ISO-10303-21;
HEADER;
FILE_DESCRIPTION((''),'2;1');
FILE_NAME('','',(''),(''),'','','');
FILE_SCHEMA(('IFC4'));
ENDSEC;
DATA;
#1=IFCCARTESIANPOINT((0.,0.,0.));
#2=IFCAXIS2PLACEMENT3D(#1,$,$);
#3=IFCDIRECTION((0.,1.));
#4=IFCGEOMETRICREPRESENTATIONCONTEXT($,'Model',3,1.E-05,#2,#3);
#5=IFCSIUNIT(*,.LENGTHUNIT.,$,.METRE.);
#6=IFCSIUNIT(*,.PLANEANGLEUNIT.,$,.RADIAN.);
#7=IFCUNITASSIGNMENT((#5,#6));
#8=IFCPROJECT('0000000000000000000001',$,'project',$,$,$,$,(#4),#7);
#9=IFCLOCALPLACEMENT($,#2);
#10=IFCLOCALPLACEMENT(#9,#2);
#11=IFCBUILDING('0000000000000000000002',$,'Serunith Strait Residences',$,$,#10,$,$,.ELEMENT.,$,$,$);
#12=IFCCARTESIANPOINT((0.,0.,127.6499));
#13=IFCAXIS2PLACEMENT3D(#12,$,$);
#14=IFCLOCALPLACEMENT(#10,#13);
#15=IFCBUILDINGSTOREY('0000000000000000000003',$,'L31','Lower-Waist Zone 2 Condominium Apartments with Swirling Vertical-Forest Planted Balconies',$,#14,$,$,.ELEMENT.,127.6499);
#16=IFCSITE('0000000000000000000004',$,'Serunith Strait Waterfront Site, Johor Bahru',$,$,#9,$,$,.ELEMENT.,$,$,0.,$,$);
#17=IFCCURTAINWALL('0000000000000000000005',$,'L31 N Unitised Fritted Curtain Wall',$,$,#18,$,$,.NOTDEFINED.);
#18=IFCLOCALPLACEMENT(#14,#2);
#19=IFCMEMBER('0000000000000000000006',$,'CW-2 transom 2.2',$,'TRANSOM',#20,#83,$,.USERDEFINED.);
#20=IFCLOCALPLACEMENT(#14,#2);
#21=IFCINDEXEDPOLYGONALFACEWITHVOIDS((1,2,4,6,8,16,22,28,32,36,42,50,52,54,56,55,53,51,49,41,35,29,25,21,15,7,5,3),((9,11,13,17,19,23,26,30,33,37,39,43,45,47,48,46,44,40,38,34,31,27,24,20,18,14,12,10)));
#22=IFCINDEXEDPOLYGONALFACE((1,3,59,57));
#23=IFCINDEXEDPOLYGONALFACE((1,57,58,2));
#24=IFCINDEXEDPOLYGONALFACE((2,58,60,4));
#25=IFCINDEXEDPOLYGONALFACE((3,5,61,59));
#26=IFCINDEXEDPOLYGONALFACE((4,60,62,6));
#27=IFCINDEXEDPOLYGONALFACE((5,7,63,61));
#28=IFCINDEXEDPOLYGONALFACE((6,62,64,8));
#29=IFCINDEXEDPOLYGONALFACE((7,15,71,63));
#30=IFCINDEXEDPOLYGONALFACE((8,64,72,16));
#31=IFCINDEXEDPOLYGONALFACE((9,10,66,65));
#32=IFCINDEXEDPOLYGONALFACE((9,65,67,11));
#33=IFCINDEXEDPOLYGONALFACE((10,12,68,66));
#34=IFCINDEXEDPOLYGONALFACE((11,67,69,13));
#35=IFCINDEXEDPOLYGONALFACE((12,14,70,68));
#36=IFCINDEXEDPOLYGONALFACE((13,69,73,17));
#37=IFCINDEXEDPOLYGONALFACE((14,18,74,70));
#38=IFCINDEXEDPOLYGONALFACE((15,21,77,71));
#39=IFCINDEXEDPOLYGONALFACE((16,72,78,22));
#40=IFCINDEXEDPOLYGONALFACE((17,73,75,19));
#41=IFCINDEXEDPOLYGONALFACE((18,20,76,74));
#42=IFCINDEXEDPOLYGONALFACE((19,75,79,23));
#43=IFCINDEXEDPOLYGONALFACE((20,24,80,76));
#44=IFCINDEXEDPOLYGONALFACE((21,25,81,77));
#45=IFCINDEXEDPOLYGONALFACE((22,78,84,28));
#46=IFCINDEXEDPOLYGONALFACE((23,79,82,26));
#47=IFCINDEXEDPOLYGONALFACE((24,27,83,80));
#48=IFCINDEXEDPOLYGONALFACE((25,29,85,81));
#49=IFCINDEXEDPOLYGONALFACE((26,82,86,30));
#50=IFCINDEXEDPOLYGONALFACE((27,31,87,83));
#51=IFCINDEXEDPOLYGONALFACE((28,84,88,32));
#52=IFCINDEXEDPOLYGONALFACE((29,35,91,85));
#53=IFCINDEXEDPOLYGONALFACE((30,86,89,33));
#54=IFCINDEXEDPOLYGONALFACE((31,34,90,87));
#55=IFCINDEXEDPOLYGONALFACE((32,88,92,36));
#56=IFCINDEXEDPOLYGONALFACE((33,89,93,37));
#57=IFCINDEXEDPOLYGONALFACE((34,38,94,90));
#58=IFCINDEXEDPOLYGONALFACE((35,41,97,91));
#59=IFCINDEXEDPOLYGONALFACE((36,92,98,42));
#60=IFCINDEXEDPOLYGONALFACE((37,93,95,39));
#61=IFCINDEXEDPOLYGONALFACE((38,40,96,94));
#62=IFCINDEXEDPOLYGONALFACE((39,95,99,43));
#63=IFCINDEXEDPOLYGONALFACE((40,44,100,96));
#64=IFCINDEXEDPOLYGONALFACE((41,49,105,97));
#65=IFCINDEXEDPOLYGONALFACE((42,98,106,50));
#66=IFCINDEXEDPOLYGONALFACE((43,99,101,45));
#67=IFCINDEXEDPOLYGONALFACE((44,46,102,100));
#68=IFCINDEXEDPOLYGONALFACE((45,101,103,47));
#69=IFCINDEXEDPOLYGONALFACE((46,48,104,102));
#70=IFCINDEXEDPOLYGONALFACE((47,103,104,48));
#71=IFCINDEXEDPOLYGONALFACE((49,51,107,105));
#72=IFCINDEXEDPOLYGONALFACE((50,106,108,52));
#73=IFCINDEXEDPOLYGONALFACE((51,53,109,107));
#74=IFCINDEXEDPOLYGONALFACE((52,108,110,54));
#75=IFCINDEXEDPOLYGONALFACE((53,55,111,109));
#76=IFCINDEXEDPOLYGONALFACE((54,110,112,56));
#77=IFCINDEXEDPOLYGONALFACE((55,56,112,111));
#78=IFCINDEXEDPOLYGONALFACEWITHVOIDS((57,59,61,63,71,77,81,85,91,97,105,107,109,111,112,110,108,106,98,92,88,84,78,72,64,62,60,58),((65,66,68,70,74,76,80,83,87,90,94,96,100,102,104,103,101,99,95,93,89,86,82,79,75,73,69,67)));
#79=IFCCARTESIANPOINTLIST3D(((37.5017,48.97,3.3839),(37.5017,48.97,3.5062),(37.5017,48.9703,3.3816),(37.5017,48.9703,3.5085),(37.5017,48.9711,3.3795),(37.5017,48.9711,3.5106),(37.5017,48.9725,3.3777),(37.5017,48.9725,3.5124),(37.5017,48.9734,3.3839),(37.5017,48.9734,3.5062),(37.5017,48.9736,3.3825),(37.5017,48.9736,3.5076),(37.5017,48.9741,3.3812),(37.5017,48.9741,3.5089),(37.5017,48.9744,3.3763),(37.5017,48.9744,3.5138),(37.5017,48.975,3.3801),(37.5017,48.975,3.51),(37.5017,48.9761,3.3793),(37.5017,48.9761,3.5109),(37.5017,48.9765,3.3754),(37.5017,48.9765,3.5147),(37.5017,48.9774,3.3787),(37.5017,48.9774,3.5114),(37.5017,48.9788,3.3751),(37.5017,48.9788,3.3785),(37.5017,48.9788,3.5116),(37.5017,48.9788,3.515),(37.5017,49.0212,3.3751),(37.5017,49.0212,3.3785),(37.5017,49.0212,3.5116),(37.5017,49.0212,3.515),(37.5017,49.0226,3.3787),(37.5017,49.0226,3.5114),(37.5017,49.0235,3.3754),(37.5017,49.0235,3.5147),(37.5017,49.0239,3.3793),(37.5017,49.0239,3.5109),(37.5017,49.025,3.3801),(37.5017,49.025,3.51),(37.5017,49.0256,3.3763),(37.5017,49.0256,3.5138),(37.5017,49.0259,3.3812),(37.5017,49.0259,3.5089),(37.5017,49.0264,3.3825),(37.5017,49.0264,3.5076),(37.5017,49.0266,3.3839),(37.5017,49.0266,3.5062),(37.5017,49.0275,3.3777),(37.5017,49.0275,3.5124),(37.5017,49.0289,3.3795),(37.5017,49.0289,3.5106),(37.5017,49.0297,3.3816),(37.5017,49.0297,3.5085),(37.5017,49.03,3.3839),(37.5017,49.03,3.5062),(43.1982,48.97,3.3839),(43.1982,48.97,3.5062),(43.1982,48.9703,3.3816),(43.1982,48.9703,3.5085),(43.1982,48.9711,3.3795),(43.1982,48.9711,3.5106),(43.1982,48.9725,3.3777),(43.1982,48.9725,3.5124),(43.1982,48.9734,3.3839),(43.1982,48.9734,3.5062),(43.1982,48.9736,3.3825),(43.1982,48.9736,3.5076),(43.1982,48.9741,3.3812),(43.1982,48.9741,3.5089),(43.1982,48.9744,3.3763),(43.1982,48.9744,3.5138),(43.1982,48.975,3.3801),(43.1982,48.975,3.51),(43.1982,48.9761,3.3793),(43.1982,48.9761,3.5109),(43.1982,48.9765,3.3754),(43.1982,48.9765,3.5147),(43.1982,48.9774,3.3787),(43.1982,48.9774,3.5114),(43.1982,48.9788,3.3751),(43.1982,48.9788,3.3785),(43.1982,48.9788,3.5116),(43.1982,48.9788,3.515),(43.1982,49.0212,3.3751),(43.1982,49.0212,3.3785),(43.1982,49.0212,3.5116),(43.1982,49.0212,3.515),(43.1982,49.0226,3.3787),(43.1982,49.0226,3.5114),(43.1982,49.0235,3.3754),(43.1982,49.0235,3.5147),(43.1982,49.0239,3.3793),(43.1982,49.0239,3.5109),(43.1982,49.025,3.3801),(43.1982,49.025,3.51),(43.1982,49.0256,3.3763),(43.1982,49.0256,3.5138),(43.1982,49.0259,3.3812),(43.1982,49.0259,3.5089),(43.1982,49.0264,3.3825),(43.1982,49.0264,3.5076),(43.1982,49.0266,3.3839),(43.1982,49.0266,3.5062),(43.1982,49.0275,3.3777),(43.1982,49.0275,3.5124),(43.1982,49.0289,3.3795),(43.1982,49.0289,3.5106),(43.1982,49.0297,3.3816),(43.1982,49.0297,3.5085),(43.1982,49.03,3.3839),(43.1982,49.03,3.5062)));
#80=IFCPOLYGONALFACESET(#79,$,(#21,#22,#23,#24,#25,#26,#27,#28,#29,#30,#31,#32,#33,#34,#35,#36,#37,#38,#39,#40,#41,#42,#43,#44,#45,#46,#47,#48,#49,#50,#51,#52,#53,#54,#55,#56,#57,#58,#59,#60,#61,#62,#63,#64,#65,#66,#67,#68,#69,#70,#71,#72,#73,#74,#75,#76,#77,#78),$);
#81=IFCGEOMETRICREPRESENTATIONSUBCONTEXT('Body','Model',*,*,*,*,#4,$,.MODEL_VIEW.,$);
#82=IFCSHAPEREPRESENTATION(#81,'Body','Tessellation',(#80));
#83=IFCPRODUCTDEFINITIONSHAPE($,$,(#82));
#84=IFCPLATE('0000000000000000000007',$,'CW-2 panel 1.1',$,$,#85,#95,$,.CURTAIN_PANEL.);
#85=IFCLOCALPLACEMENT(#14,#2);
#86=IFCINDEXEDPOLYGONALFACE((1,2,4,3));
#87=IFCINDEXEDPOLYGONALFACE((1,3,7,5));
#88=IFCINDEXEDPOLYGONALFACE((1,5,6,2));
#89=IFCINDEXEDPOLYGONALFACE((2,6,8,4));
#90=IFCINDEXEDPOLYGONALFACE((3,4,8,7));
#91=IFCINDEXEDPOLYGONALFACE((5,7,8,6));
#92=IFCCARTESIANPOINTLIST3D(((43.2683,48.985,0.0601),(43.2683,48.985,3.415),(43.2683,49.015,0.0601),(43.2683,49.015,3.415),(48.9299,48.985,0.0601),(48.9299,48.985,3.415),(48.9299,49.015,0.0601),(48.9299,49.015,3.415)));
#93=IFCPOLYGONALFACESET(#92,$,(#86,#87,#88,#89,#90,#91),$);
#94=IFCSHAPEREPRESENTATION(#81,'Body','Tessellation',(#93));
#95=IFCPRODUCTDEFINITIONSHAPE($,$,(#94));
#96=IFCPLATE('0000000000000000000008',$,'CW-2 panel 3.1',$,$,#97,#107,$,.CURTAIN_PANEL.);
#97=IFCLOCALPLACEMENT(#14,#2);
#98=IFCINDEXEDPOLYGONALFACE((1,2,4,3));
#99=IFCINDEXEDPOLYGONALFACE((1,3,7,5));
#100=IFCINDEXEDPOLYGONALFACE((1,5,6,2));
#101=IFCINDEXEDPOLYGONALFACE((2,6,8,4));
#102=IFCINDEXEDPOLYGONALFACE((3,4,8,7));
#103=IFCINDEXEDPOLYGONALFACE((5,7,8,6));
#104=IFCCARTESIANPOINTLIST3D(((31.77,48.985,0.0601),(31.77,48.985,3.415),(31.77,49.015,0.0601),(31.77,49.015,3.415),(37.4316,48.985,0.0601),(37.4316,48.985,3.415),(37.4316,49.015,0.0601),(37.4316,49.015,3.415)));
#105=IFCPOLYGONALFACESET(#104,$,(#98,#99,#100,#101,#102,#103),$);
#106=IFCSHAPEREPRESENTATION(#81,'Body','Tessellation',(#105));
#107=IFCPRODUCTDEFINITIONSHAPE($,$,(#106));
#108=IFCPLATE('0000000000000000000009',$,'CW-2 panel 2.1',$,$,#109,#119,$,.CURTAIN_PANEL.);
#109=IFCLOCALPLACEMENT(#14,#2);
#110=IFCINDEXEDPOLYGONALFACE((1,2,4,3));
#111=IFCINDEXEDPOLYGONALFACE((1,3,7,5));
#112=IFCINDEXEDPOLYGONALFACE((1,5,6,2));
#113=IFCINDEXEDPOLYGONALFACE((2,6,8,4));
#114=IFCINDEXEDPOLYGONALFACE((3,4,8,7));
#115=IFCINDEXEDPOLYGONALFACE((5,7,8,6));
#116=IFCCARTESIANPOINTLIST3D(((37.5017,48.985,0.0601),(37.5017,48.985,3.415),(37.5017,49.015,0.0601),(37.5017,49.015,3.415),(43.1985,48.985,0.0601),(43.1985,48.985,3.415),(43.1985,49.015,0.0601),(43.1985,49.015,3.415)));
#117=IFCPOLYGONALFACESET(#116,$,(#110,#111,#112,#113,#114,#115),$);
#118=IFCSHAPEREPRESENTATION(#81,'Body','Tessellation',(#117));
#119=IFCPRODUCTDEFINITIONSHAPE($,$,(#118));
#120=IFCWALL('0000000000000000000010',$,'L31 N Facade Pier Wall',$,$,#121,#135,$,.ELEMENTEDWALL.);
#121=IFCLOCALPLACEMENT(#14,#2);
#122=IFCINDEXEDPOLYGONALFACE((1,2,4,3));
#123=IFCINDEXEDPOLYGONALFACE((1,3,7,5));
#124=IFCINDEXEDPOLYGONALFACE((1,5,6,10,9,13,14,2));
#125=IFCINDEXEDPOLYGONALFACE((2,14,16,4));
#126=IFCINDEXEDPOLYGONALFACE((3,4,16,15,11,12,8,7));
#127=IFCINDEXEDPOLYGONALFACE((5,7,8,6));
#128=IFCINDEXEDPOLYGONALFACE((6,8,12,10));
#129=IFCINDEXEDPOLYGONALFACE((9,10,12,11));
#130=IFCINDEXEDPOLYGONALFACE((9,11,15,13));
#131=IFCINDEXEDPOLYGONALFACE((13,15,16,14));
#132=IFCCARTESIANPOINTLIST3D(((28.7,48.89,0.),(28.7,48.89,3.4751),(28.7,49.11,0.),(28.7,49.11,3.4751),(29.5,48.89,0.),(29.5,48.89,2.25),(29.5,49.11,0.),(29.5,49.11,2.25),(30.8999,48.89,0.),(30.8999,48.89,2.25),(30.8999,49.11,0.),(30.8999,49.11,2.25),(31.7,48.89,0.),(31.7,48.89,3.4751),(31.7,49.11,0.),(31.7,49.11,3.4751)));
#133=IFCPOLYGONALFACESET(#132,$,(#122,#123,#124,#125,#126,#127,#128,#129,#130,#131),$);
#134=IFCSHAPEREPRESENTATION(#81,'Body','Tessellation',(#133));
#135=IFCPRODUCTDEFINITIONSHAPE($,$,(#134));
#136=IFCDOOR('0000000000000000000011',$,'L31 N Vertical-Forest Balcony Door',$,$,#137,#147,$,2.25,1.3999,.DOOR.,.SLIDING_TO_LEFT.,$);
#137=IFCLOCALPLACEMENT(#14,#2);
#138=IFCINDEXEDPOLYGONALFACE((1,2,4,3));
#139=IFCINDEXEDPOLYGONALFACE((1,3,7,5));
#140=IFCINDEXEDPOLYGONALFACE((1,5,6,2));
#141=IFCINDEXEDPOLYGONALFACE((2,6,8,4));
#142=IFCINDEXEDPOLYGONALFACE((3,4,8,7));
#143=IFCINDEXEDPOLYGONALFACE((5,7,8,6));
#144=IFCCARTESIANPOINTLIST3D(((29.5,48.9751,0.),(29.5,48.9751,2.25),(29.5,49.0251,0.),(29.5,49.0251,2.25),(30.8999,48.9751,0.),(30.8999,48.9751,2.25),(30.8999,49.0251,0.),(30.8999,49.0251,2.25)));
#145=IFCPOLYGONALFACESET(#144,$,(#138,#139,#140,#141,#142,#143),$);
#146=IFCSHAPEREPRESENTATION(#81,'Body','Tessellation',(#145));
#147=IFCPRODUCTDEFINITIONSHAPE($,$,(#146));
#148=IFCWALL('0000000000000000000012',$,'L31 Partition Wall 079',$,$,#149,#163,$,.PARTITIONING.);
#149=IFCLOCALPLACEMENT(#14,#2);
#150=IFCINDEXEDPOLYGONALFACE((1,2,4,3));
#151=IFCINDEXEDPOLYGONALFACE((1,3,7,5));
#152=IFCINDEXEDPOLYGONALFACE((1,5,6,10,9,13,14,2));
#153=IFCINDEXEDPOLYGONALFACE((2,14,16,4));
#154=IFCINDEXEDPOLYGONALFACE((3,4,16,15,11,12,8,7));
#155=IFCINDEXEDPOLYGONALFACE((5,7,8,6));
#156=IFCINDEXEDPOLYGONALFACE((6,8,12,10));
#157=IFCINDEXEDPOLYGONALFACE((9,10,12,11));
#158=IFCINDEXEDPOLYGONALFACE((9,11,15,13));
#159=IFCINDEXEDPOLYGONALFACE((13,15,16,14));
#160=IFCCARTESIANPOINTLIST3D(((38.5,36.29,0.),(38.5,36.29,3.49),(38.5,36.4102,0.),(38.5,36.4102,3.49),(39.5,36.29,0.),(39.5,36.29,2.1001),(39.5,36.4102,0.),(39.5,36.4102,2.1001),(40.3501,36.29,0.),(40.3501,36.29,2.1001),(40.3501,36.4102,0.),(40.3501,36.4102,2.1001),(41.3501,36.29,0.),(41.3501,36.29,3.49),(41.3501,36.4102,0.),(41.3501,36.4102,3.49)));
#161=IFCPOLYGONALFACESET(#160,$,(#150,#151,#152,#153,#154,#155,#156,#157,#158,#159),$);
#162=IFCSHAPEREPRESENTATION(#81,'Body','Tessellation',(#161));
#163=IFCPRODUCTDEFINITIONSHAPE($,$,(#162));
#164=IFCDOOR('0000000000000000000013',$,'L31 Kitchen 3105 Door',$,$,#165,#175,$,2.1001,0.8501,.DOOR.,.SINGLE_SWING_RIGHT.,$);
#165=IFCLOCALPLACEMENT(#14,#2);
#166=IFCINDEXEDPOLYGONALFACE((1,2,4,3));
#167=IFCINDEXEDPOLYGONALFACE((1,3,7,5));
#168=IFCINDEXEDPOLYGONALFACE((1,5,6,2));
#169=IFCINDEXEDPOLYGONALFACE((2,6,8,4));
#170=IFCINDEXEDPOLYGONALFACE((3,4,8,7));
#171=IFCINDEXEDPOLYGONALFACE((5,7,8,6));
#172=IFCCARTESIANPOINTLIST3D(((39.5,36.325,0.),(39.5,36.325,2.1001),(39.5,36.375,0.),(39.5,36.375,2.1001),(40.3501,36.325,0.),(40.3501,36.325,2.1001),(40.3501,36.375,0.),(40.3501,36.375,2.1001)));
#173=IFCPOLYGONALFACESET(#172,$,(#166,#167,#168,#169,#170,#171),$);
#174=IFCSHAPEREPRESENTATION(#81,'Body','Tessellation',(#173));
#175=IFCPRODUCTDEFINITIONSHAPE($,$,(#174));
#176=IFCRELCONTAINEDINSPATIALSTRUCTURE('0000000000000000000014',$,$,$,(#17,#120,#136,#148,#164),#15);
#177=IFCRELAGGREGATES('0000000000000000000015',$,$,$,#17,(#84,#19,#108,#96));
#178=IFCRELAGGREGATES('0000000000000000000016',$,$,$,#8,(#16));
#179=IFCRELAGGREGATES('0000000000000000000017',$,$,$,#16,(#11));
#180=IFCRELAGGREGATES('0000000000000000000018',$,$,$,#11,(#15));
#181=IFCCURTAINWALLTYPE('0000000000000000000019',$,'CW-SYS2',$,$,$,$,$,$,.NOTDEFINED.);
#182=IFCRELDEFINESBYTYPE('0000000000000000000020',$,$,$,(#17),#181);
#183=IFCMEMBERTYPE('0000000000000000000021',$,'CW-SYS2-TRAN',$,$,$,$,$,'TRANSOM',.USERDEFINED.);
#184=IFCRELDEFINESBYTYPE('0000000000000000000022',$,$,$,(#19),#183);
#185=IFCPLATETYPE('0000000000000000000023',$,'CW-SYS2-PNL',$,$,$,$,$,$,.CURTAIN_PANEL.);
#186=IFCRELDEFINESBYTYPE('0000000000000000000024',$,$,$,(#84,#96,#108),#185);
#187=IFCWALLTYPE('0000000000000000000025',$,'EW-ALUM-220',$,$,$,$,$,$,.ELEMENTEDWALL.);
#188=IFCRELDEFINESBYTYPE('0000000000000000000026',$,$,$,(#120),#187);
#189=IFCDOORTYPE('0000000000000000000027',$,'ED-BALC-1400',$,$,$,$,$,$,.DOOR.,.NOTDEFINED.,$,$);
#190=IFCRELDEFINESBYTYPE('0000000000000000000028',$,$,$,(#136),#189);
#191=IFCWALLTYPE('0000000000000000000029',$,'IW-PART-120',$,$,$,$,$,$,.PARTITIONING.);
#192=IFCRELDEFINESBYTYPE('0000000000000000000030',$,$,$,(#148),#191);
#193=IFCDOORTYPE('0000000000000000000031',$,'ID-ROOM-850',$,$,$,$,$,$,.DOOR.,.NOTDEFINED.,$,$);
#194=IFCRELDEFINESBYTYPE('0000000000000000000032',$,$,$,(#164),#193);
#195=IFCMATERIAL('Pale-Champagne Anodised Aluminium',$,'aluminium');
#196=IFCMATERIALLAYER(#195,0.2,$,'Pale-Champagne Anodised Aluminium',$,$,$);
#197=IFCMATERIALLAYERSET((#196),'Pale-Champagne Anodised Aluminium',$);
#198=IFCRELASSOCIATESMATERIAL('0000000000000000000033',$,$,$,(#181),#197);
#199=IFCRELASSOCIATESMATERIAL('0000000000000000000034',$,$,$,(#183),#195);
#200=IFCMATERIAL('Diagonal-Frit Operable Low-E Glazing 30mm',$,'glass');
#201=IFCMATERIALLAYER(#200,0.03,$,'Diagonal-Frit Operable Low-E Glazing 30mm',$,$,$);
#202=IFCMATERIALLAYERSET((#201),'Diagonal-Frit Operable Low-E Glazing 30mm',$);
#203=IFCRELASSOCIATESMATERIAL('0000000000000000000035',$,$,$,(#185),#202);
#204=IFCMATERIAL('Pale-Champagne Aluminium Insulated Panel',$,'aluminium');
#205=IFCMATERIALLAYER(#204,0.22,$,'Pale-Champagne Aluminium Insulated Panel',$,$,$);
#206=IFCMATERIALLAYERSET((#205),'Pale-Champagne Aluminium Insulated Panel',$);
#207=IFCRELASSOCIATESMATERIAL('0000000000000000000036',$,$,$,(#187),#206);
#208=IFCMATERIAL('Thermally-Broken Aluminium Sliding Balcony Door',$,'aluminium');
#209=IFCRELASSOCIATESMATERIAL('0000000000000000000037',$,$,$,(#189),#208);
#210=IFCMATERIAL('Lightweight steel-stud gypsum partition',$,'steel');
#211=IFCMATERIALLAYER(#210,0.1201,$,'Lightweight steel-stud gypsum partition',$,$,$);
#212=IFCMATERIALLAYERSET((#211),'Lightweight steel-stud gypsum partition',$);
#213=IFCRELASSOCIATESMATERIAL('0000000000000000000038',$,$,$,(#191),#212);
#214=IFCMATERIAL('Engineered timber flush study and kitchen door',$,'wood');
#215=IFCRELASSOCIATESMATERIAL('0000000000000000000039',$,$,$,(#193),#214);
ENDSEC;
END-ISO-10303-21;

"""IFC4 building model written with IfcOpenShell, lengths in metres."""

from ifc_helpers import new_model, si_unit, direction, frame, frame_2d, origin, origin_2d, place, context, subcontext, project, spatial, rectangle, hollow_rectangle, extrude, source, transform, mapped, material, layer, layer_set, material_profile, profile_set, type_object, element, fill, aggregate, save


model = new_model("IFC4")

# Units and contexts
model_context = context("Model", 3, precision=1e-05, world=origin(), true_north=direction((0.0, 1.0)))
body_context = subcontext(model_context, "Body", "Model", "MODEL_VIEW")
ifc_project = project(units=[si_unit("LENGTHUNIT", "METRE"), si_unit("PLANEANGLEUNIT", "RADIAN")], contexts=[model_context])

# Site, building, storey
site_placement = place(None, origin())
site = spatial("IfcSite", under=ifc_project, at=site_placement, Name="Serunith Strait Waterfront Site, Johor Bahru", CompositionType="ELEMENT", RefElevation=0.0)
building_placement = place(site_placement, origin())
building = spatial("IfcBuilding", under=site, at=building_placement, Name="Serunith Strait Residences", CompositionType="ELEMENT")
storey_placement = place(building_placement, frame((0.0, 0.0, 127.6499)))
storey = spatial("IfcBuildingStorey", under=building, at=storey_placement, Name="L31", Description="Lower-Waist Zone 2 Condominium Apartments with Swirling Vertical-Forest Planted Balconies", CompositionType="ELEMENT", Elevation=127.6499)

# Curtain wall, member, plates
ifc_material_1 = material(Name="Pale-Champagne Anodised Aluminium", Category="aluminium")
ifc_layer_1 = layer(ifc_material_1, 0.2, Name="Pale-Champagne Anodised Aluminium")
ifc_layer_set_1 = layer_set([ifc_layer_1], Name="Pale-Champagne Anodised Aluminium")
curtain_wall_type = type_object("IfcCurtainWallType", Name="CW-SYS2", PredefinedType="NOTDEFINED", material=ifc_layer_set_1)
curtain_wall_placement = place(storey_placement, origin())
curtain_wall = element("IfcCurtainWall", 1, at=curtain_wall_placement, inside=storey, type_object=curtain_wall_type, Name="L31 N Unitised Fritted Curtain Wall", PredefinedType="NOTDEFINED")
ifc_material_profile_1 = material_profile(ifc_material_1, hollow_rectangle(XDim=0.0601, YDim=0.1399, WallThickness=0.0034, InnerFilletRadius=0.0054, OuterFilletRadius=0.0088, at=origin_2d()), Name="ALU 140x60x3.5")
ifc_profile_set_1 = profile_set([ifc_material_profile_1], Name="Pale-Champagne Anodised Aluminium")
member_type_1 = type_object("IfcMemberType", Name="CW-SYS2-TRAN", ElementType="TRANSOM", PredefinedType="USERDEFINED", material=ifc_profile_set_1)
shared_shape_1 = source(origin(), body_context, "Body", "SweptSolid", [
    extrude(hollow_rectangle(XDim=0.0601, YDim=0.1399, WallThickness=0.0034, InnerFilletRadius=0.0054, OuterFilletRadius=0.0088, at=origin_2d()), origin(), (0.0, 0.0, 1.0), 5.6965),
])
member_1_placement = place(storey_placement, frame((43.1982, 49.0, 3.4451), z_axis=(-1.0, 0.0, 0.0), x_axis=(0.0, -1.0, 0.0)))
member_1 = element("IfcMember", 2, at=member_1_placement, type_object=member_type_1, Name="CW-2 transom 2.2", ObjectType="TRANSOM", PredefinedType="USERDEFINED", context=body_context, shape_type="MappedRepresentation", body=[
    mapped(shared_shape_1, transform((0.0, 0.0, 0.0), scale=1.0)),
])
ifc_material_2 = material(Name="Diagonal-Frit Operable Low-E Glazing 30mm", Category="glass")
ifc_layer_2 = layer(ifc_material_2, 0.03, Name="Diagonal-Frit Operable Low-E Glazing 30mm")
ifc_layer_set_2 = layer_set([ifc_layer_2], Name="Diagonal-Frit Operable Low-E Glazing 30mm")
plate_type = type_object("IfcPlateType", Name="CW-SYS2-PNL", PredefinedType="CURTAIN_PANEL", material=ifc_layer_set_2)
shared_shape_2 = source(origin(), body_context, "Body", "SweptSolid", [
    extrude(rectangle(XDim=5.6616, YDim=0.03, at=origin_2d()), origin(), (0.0, 0.0, 1.0), 3.355),
])
plate_1_placement = place(storey_placement, frame((46.0991, 49.0, 0.0601), z_axis=(0.0, 0.0, 1.0), x_axis=(-1.0, 0.0, 0.0)))
plate_1 = element("IfcPlate", 3, at=plate_1_placement, type_object=plate_type, Name="CW-2 panel 1.1", PredefinedType="CURTAIN_PANEL", context=body_context, shape_type="MappedRepresentation", body=[
    mapped(shared_shape_2, transform((0.0, 0.0, 0.0), scale=1.0)),
])
plate_2_placement = place(storey_placement, frame((34.6008, 49.0, 0.0601), z_axis=(0.0, 0.0, 1.0), x_axis=(-1.0, 0.0, 0.0)))
plate_2 = element("IfcPlate", 4, at=plate_2_placement, type_object=plate_type, Name="CW-2 panel 3.1", PredefinedType="CURTAIN_PANEL", context=body_context, shape_type="MappedRepresentation", body=[
    mapped(shared_shape_2, transform((0.0, 0.0, 0.0), scale=1.0)),
])
shared_shape_3 = source(origin(), body_context, "Body", "SweptSolid", [
    extrude(rectangle(XDim=5.6968, YDim=0.03, at=origin_2d()), origin(), (0.0, 0.0, 1.0), 3.355),
])
plate_3_placement = place(storey_placement, frame((40.3501, 49.0, 0.0601), z_axis=(0.0, 0.0, 1.0), x_axis=(-1.0, 0.0, 0.0)))
plate_3 = element("IfcPlate", 5, at=plate_3_placement, type_object=plate_type, Name="CW-2 panel 2.1", PredefinedType="CURTAIN_PANEL", context=body_context, shape_type="MappedRepresentation", body=[
    mapped(shared_shape_3, transform((0.0, 0.0, 0.0), scale=1.0)),
])
aggregate(curtain_wall, [plate_1, member_1, plate_3, plate_2])

# Walls, openings, doors
ifc_material_3 = material(Name="Pale-Champagne Aluminium Insulated Panel", Category="aluminium")
ifc_layer_3 = layer(ifc_material_3, 0.22, Name="Pale-Champagne Aluminium Insulated Panel")
ifc_layer_set_3 = layer_set([ifc_layer_3], Name="Pale-Champagne Aluminium Insulated Panel")
wall_type_1 = type_object("IfcWallType", Name="EW-ALUM-220", PredefinedType="ELEMENTEDWALL", material=ifc_layer_set_3)
wall_1_placement = place(storey_placement, frame((31.7, 49.0, 0.0), z_axis=(0.0, 0.0, 1.0), x_axis=(-1.0, 0.0, 0.0)))
wall_1 = element("IfcWall", 6, at=wall_1_placement, inside=storey, type_object=wall_type_1, Name="L31 N Facade Pier Wall", PredefinedType="ELEMENTEDWALL", context=body_context, shape_type="SweptSolid", body=[
    extrude(rectangle(XDim=3.0, YDim=0.22, at=frame_2d((1.5, 0.0))), origin(), (0.0, 0.0, 1.0), 3.4751),
])
opening_1_placement = place(wall_1_placement, frame((0.8, 0.0, 0.0)))
opening_1 = element("IfcOpeningElement", 7, at=opening_1_placement, cuts=wall_1, PredefinedType="OPENING", context=body_context, shape_type="SweptSolid", body=[
    extrude(rectangle(XDim=1.3999, YDim=2.25, at=frame_2d((0.7, 1.125))), frame((0.0, 0.1201, 0.0), z_axis=(0.0, -1.0, 0.0), x_axis=(1.0, 0.0, 0.0)), (0.0, 0.0, 1.0), 0.24),
])
ifc_material_4 = material(Name="Thermally-Broken Aluminium Sliding Balcony Door", Category="aluminium")
door_type_1 = type_object("IfcDoorType", Name="ED-BALC-1400", OperationType="NOTDEFINED", PredefinedType="DOOR", material=ifc_material_4)
shared_shape_4 = source(origin(), body_context, "Body", "SweptSolid", [
    extrude(rectangle(XDim=1.3999, YDim=2.25, at=frame_2d((0.7, 1.125))), frame((0.0, 0.0249, 0.0), z_axis=(0.0, -1.0, 0.0), x_axis=(1.0, 0.0, 0.0)), (0.0, 0.0, 1.0), 0.05),
])
door_1_placement = place(opening_1_placement, origin())
door_1 = element("IfcDoor", 8, at=door_1_placement, inside=storey, type_object=door_type_1, Name="L31 N Vertical-Forest Balcony Door", OperationType="SLIDING_TO_LEFT", OverallHeight=2.25, OverallWidth=1.3999, PredefinedType="DOOR", context=body_context, shape_type="MappedRepresentation", body=[
    mapped(shared_shape_4, transform((0.0, 0.0, 0.0), scale=1.0)),
])
fill(opening_1, door_1)
ifc_material_5 = material(Name="Lightweight steel-stud gypsum partition", Category="steel")
ifc_layer_4 = layer(ifc_material_5, 0.1201, Name="Lightweight steel-stud gypsum partition")
ifc_layer_set_4 = layer_set([ifc_layer_4], Name="Lightweight steel-stud gypsum partition")
wall_type_2 = type_object("IfcWallType", Name="IW-PART-120", PredefinedType="PARTITIONING", material=ifc_layer_set_4)
wall_2_placement = place(storey_placement, frame((38.5, 36.3501, 0.0), z_axis=(0.0, 0.0, 1.0), x_axis=(1.0, 0.0, 0.0)))
wall_2 = element("IfcWall", 9, at=wall_2_placement, inside=storey, type_object=wall_type_2, Name="L31 Partition Wall 079", PredefinedType="PARTITIONING", context=body_context, shape_type="SweptSolid", body=[
    extrude(rectangle(XDim=2.8501, YDim=0.1201, at=frame_2d((1.425, 0.0))), origin(), (0.0, 0.0, 1.0), 3.49),
])
opening_2_placement = place(wall_2_placement, frame((1.0, 0.0, 0.0)))
opening_2 = element("IfcOpeningElement", 10, at=opening_2_placement, cuts=wall_2, PredefinedType="OPENING", context=body_context, shape_type="SweptSolid", body=[
    extrude(rectangle(XDim=0.8501, YDim=2.1001, at=frame_2d((0.425, 1.05))), frame((0.0, 0.0701, 0.0), z_axis=(0.0, -1.0, 0.0), x_axis=(1.0, 0.0, 0.0)), (0.0, 0.0, 1.0), 0.1401),
])
ifc_material_6 = material(Name="Engineered timber flush study and kitchen door", Category="wood")
door_type_2 = type_object("IfcDoorType", Name="ID-ROOM-850", OperationType="NOTDEFINED", PredefinedType="DOOR", material=ifc_material_6)
shared_shape_5 = source(origin(), body_context, "Body", "SweptSolid", [
    extrude(rectangle(XDim=0.8501, YDim=2.1001, at=frame_2d((0.425, 1.05))), frame((0.0, 0.0249, 0.0), z_axis=(0.0, -1.0, 0.0), x_axis=(1.0, 0.0, 0.0)), (0.0, 0.0, 1.0), 0.05),
])
door_2_placement = place(opening_2_placement, origin())
door_2 = element("IfcDoor", 11, at=door_2_placement, inside=storey, type_object=door_type_2, Name="L31 Kitchen 3105 Door", OperationType="SINGLE_SWING_RIGHT", OverallHeight=2.1001, OverallWidth=0.8501, PredefinedType="DOOR", context=body_context, shape_type="MappedRepresentation", body=[
    mapped(shared_shape_5, transform((0.0, 0.0, 0.0), scale=1.0)),
])
fill(opening_2, door_2)

save(model, "model.ifc")
